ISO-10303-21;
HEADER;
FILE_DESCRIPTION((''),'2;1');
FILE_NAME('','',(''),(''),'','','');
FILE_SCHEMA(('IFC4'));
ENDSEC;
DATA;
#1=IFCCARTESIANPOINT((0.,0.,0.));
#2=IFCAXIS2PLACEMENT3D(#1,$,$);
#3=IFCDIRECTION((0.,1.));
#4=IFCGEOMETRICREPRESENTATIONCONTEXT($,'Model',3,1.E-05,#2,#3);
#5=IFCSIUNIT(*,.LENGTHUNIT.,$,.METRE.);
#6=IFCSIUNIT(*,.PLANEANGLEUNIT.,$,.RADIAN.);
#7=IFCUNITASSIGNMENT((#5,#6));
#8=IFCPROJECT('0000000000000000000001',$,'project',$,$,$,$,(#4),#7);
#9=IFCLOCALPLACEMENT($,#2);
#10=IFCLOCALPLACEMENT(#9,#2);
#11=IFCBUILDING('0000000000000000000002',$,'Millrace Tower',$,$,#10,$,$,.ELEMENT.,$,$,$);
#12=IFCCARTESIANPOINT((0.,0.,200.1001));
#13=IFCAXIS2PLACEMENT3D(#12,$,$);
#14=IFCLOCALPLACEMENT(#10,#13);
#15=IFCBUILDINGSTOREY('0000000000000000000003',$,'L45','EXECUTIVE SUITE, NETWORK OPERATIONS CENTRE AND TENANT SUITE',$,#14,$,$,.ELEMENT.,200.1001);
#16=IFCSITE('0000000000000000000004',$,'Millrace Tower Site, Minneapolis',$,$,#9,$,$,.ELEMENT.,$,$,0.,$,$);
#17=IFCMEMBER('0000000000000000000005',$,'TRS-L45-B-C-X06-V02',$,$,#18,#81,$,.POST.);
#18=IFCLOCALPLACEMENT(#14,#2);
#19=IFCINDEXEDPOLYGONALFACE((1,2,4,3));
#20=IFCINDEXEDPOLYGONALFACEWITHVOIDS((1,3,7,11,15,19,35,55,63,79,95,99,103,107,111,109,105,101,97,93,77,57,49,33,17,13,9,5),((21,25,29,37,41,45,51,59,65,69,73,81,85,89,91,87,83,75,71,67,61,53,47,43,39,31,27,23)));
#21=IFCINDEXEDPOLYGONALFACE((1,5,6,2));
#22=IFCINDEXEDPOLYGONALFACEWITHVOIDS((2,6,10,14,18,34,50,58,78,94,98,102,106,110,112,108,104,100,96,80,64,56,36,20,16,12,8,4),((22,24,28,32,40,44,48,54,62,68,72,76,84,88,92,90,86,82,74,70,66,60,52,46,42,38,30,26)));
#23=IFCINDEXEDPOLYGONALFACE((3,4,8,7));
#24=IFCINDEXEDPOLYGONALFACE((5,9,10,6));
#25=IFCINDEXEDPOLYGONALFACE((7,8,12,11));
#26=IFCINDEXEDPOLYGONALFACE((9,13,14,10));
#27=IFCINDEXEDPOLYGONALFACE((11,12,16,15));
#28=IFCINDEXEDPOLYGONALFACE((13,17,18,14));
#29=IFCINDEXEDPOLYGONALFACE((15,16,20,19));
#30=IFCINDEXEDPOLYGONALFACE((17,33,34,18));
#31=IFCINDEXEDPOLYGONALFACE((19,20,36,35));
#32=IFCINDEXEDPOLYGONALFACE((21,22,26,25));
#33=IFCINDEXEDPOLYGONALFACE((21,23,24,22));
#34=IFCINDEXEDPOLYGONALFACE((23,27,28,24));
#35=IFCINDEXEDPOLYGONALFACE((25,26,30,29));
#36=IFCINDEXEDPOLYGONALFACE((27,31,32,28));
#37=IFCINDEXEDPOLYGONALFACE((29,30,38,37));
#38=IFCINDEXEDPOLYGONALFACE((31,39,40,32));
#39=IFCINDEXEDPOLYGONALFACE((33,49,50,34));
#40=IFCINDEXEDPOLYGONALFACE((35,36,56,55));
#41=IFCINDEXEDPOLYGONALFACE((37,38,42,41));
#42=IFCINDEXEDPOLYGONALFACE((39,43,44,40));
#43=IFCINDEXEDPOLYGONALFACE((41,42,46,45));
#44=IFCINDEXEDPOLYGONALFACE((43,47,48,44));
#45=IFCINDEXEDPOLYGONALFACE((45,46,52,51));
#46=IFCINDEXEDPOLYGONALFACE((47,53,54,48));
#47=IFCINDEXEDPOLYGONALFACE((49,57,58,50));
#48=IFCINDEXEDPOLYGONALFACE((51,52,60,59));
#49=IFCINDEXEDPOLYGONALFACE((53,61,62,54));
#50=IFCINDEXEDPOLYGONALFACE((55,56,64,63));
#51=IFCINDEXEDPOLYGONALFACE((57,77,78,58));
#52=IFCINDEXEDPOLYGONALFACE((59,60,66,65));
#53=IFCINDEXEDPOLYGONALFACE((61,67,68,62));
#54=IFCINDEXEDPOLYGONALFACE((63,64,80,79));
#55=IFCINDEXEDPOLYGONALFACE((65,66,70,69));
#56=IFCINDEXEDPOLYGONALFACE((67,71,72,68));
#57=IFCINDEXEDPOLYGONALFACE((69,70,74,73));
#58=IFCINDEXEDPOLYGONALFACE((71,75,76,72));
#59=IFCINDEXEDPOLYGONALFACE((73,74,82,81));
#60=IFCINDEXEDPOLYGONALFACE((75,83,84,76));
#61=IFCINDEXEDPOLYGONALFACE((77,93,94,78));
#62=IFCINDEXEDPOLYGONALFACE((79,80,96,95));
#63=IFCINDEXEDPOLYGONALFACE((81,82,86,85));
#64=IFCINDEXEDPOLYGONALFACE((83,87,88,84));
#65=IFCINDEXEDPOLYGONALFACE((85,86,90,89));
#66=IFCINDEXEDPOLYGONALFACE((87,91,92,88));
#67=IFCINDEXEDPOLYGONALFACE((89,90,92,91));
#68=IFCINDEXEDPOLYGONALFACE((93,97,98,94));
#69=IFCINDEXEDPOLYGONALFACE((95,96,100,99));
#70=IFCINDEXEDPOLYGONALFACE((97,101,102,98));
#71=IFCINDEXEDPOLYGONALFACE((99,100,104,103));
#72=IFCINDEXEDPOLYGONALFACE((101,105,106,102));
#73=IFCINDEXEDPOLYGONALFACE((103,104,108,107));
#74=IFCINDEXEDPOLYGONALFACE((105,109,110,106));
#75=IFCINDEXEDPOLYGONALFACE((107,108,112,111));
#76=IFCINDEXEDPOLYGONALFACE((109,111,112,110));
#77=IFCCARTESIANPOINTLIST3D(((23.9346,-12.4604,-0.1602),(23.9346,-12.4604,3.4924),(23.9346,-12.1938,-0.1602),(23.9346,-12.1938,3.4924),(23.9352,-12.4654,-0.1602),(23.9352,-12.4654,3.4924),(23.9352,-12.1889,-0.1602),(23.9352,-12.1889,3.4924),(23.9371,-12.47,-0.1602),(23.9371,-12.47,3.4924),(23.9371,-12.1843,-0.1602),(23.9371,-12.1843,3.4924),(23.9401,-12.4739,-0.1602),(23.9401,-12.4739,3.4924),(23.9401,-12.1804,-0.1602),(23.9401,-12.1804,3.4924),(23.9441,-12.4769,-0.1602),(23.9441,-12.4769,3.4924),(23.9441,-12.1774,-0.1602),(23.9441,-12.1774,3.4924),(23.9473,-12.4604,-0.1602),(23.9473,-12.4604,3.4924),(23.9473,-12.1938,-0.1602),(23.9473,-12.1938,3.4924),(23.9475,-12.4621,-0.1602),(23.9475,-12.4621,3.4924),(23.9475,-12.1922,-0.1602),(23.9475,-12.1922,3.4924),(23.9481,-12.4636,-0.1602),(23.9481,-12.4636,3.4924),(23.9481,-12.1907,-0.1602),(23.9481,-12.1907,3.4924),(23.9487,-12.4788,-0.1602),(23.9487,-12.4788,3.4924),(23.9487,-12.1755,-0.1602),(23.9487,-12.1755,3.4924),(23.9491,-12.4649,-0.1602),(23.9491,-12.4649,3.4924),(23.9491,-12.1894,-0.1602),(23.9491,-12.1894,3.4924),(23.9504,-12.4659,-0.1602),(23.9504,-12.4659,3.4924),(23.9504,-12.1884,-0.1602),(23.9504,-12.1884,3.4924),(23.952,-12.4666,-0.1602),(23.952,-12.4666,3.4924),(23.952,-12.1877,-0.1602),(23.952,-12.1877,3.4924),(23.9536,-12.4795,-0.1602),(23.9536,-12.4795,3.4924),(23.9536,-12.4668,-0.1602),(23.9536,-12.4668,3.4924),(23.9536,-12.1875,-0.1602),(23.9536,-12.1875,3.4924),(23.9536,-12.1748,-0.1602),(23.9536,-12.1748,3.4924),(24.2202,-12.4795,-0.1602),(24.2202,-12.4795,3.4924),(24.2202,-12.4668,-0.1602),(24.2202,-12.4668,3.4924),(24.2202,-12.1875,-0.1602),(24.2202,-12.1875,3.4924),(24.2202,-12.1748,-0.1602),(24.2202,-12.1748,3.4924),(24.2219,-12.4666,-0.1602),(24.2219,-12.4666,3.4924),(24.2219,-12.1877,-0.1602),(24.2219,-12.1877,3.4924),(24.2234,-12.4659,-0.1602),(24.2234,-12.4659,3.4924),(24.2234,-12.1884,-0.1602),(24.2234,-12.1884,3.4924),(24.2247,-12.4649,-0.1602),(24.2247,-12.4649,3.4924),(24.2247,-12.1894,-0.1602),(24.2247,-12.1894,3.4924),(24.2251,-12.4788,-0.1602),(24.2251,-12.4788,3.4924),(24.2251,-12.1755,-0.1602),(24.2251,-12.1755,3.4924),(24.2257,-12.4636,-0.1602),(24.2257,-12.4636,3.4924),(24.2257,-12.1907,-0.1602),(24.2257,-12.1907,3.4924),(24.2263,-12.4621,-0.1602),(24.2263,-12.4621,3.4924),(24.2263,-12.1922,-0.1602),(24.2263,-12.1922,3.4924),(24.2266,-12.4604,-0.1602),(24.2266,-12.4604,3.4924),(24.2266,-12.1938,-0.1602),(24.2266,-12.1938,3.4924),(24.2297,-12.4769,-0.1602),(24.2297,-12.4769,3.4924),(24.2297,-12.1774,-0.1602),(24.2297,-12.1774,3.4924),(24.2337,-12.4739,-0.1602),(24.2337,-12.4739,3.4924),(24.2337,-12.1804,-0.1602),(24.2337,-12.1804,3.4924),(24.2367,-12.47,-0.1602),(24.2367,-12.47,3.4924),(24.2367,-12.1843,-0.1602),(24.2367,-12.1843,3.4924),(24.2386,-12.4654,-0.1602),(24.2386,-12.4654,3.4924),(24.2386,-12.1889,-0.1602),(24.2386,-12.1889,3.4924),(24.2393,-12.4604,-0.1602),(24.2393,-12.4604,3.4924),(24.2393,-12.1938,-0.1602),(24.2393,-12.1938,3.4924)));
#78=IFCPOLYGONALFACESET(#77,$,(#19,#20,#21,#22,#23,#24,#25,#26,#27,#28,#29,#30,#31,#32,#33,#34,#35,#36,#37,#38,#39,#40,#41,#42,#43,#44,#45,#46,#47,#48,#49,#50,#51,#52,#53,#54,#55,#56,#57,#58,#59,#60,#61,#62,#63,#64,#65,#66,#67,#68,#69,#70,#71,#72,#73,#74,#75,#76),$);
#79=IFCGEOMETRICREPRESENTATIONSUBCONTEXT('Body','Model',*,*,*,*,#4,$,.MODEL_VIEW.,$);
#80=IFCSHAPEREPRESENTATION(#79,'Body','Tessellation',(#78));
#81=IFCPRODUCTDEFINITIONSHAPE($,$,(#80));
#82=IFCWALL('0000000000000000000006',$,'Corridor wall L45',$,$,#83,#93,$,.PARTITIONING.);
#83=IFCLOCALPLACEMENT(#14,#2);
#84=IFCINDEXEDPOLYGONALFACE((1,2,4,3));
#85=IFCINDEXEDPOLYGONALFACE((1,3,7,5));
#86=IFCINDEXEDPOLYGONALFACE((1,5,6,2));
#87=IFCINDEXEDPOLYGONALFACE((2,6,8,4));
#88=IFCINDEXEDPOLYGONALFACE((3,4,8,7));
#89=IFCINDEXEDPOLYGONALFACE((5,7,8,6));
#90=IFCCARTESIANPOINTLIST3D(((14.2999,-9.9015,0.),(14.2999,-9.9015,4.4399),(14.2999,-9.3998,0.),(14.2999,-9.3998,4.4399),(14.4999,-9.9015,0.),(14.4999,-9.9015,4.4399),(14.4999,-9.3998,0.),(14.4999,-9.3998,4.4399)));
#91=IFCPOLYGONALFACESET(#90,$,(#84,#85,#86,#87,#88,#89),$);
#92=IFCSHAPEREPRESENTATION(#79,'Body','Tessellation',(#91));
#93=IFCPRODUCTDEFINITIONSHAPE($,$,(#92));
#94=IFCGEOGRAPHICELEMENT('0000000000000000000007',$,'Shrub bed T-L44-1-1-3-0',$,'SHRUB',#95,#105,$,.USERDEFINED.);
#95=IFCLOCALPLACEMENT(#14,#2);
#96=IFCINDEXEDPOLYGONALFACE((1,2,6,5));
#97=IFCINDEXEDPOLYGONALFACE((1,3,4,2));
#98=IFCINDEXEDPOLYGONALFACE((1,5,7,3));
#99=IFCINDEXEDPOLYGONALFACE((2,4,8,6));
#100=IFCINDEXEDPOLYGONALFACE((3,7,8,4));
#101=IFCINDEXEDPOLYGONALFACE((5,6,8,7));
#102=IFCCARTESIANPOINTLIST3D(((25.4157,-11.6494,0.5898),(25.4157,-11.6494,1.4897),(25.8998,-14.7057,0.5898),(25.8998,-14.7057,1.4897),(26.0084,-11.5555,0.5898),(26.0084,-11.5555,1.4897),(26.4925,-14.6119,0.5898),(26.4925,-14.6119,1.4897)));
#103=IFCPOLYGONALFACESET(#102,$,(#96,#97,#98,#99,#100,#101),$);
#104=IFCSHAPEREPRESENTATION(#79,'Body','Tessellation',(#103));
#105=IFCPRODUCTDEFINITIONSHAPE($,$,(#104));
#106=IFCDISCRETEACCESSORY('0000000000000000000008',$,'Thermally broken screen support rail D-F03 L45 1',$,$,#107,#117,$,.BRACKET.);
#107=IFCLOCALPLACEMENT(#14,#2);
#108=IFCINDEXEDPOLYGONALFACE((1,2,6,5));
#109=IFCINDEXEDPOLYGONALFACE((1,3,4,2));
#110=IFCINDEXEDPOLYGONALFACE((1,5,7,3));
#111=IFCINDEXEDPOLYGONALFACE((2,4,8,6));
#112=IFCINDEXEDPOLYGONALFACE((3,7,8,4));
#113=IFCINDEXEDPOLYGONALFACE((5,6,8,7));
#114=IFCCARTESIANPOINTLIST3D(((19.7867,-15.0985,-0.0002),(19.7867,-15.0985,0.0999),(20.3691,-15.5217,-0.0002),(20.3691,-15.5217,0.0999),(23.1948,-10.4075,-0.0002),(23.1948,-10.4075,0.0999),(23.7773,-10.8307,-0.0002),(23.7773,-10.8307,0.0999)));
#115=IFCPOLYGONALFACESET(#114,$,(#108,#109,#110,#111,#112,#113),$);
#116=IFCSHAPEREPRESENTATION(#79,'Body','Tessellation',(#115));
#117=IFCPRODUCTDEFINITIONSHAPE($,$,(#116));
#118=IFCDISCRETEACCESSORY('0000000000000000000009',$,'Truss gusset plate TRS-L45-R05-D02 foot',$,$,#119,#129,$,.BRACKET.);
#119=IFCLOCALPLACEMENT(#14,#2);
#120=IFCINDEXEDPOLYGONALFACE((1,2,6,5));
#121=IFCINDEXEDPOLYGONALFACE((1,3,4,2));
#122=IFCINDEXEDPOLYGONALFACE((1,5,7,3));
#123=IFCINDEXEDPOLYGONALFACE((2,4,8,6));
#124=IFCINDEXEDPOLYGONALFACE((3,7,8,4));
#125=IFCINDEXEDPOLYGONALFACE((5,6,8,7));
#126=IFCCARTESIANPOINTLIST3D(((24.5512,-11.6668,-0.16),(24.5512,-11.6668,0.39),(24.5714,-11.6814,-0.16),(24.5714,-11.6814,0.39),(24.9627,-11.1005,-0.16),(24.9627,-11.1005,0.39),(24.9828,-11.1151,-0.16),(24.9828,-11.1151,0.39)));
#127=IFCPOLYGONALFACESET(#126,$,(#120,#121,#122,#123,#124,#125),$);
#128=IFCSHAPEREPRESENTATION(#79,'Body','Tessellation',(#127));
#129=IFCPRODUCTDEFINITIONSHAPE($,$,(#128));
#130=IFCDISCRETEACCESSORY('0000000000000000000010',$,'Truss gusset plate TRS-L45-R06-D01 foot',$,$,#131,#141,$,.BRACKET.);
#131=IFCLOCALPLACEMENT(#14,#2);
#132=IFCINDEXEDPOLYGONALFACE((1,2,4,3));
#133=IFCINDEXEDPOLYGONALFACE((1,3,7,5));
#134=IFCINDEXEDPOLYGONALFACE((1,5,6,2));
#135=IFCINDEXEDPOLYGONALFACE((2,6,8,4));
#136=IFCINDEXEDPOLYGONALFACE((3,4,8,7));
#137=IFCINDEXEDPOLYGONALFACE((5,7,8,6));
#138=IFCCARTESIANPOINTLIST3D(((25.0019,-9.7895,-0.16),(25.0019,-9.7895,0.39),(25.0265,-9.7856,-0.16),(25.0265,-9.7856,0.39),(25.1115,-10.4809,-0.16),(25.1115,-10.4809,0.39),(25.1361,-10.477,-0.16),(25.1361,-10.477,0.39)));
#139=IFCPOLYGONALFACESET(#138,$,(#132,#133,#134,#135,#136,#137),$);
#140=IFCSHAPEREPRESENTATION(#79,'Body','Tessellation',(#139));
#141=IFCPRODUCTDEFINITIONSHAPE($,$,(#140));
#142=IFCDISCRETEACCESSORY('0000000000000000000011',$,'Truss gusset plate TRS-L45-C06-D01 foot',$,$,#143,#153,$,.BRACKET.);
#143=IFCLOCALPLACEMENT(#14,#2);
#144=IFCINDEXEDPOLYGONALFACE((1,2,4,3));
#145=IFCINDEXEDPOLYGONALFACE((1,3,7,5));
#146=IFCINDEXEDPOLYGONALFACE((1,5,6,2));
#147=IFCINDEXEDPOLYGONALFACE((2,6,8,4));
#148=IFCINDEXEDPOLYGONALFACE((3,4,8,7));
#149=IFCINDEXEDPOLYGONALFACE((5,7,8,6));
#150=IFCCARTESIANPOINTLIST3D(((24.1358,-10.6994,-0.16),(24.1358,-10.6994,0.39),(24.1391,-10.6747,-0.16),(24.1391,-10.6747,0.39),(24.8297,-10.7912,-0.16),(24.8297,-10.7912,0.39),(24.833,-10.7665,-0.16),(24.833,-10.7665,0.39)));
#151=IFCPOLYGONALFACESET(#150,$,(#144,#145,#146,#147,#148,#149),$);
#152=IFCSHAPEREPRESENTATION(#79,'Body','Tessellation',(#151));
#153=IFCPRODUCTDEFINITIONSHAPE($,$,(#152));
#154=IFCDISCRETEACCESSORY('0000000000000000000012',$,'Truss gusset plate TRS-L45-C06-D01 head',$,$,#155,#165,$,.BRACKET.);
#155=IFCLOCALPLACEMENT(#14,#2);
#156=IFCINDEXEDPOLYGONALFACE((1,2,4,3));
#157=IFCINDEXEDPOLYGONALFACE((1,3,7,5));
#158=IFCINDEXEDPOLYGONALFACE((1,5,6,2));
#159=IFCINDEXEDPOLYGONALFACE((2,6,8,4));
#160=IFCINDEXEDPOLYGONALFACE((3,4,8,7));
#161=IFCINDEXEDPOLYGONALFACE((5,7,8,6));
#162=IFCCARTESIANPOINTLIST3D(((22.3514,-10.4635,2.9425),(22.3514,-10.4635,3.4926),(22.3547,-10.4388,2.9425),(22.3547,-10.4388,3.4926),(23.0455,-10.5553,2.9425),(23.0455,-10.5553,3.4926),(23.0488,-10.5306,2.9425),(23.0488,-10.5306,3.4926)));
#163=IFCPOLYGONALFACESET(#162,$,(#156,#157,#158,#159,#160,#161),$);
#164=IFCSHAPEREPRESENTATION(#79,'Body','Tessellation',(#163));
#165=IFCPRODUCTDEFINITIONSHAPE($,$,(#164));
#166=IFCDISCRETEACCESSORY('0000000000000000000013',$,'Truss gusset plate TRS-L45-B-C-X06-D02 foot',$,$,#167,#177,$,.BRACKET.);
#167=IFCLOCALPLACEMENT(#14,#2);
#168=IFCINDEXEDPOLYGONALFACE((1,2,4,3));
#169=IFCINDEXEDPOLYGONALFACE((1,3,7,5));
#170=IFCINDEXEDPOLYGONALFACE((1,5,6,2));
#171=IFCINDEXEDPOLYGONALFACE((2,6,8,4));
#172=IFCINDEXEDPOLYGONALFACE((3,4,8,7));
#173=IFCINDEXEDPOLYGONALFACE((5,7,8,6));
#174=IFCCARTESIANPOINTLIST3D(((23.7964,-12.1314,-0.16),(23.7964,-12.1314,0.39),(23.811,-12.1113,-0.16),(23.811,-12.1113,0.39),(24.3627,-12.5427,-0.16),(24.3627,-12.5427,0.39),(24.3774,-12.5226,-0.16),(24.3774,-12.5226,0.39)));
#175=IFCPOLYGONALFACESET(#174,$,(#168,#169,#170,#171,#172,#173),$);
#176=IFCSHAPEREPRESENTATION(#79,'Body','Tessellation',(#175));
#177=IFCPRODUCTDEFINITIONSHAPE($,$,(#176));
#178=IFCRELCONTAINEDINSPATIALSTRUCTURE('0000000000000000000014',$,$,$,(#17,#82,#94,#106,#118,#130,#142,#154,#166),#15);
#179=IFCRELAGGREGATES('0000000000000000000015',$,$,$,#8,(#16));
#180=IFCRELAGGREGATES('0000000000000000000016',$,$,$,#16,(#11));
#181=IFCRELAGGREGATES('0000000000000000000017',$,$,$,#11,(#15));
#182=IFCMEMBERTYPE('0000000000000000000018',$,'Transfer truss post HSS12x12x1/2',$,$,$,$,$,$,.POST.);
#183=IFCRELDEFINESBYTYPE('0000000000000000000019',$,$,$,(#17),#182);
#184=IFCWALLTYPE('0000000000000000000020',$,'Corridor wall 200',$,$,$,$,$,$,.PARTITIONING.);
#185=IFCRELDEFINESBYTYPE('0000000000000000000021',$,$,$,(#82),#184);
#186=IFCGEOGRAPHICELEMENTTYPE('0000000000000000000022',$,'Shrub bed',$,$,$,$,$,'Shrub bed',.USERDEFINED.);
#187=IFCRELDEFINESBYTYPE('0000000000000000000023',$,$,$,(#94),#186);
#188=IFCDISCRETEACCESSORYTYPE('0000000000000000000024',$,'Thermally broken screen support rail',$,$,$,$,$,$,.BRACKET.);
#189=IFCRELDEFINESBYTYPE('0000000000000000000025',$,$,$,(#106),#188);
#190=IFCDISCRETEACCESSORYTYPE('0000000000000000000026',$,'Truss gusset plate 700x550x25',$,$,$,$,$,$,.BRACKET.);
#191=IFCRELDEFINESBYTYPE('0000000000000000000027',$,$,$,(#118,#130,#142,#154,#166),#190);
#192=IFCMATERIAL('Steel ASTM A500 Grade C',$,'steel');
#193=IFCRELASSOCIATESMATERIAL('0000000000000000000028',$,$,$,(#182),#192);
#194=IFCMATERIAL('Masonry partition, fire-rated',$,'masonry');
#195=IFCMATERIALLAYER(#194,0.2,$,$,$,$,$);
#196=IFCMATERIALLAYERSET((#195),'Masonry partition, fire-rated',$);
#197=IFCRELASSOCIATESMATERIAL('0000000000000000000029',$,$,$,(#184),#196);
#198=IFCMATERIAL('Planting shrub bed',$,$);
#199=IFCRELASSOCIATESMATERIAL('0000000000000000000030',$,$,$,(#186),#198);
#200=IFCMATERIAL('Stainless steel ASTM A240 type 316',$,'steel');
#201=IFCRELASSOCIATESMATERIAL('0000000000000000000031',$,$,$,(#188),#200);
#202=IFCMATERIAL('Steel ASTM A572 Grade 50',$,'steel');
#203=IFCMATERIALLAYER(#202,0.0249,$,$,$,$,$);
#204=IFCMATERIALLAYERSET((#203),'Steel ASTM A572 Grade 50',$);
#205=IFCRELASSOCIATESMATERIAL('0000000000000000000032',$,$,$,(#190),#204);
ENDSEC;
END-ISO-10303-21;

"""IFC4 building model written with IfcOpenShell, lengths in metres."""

from ifc_helpers import new_model, si_unit, direction, frame, frame_2d, origin, origin_2d, place, context, subcontext, project, spatial, rectangle, hollow_rectangle, extrude, material, layer, layer_set, material_profile, profile_set, type_object, element, save


model = new_model("IFC4")

# Units and contexts
model_context = context("Model", 3, precision=1e-05, world=origin(), true_north=direction((0.0, 1.0)))
body_context = subcontext(model_context, "Body", "Model", "MODEL_VIEW")
ifc_project = project(units=[si_unit("LENGTHUNIT", "METRE"), si_unit("PLANEANGLEUNIT", "RADIAN")], contexts=[model_context])

# Site, building, storey
site_placement = place(None, origin())
site = spatial("IfcSite", under=ifc_project, at=site_placement, Name="Millrace Tower Site, Minneapolis", CompositionType="ELEMENT", RefElevation=0.0)
building_placement = place(site_placement, origin())
building = spatial("IfcBuilding", under=site, at=building_placement, Name="Millrace Tower", CompositionType="ELEMENT")
storey_placement = place(building_placement, frame((0.0, 0.0, 200.1001)))
storey = spatial("IfcBuildingStorey", under=building, at=storey_placement, Name="L45", Description="EXECUTIVE SUITE, NETWORK OPERATIONS CENTRE AND TENANT SUITE", CompositionType="ELEMENT", Elevation=200.1001)

# Member
ifc_material_1 = material(Name="Steel ASTM A500 Grade C", Category="steel")
ifc_material_profile_1 = material_profile(ifc_material_1, hollow_rectangle(XDim=0.3047, YDim=0.3047, WallThickness=0.0127, InnerFilletRadius=0.0063, OuterFilletRadius=0.019, at=origin_2d()))
ifc_profile_set_1 = profile_set([ifc_material_profile_1], Name="Steel ASTM A500 Grade C")
member_type_1 = type_object("IfcMemberType", Name="Transfer truss post HSS12x12x1/2", PredefinedType="POST", material=ifc_profile_set_1)
member_1_placement = place(storey_placement, frame((24.0869, -12.3271, -0.1602), z_axis=(0.0, 0.0, 1.0), x_axis=(1.0, 0.0, 0.0)))
element("IfcMember", 1, at=member_1_placement, inside=storey, type_object=member_type_1, Name="TRS-L45-B-C-X06-V02", PredefinedType="POST", context=body_context, shape_type="SweptSolid", body=[
    extrude(hollow_rectangle(XDim=0.3047, YDim=0.3047, WallThickness=0.0127, InnerFilletRadius=0.0063, OuterFilletRadius=0.019, at=origin_2d()), origin(), (0.0, 0.0, 1.0), 3.6526),
])

# Wall
ifc_material_2 = material(Name="Masonry partition, fire-rated", Category="masonry")
ifc_layer_1 = layer(ifc_material_2, 0.2)
ifc_layer_set_1 = layer_set([ifc_layer_1], Name="Masonry partition, fire-rated")
wall_type = type_object("IfcWallType", Name="Corridor wall 200", PredefinedType="PARTITIONING", material=ifc_layer_set_1)
wall_placement = place(storey_placement, frame((14.3999, -9.9016, 0.0), z_axis=(0.0, 0.0, 1.0), x_axis=(0.0, 1.0, 0.0)))
element("IfcWall", 2, at=wall_placement, inside=storey, type_object=wall_type, Name="Corridor wall L45", PredefinedType="PARTITIONING", context=body_context, shape_type="SweptSolid", body=[
    extrude(rectangle(XDim=0.5017, YDim=0.2, at=frame_2d((0.251, 0.0))), origin(), (0.0, 0.0, 1.0), 4.4399),
])

# Geographic element
ifc_material_3 = material(Name="Planting shrub bed")
geographic_element_type = type_object("IfcGeographicElementType", Name="Shrub bed", ElementType="Shrub bed", PredefinedType="USERDEFINED", material=ifc_material_3)
geographic_element_placement = place(storey_placement, frame((25.9541, -13.1306, 0.5898), z_axis=(0.0, 0.0, 1.0), x_axis=(-0.156435, 0.987688, 0.0)))
element("IfcGeographicElement", 3, at=geographic_element_placement, inside=storey, type_object=geographic_element_type, Name="Shrub bed T-L44-1-1-3-0", ObjectType="SHRUB", PredefinedType="USERDEFINED", context=body_context, shape_type="SweptSolid", body=[
    extrude(rectangle(XDim=3.0945, YDim=0.6001, at=origin_2d()), origin(), (0.0, 0.0, 1.0), 0.8999),
])

# Discrete accessories
ifc_material_4 = material(Name="Stainless steel ASTM A240 type 316", Category="steel")
discrete_accessory_type_1 = type_object("IfcDiscreteAccessoryType", Name="Thermally broken screen support rail", PredefinedType="BRACKET", material=ifc_material_4)
discrete_accessory_1_placement = place(storey_placement, frame((21.782, -12.9646, -0.0002), z_axis=(0.0, 0.0, 1.0), x_axis=(0.587785, 0.809017, 0.0)))
element("IfcDiscreteAccessory", 4, at=discrete_accessory_1_placement, inside=storey, type_object=discrete_accessory_type_1, Name="Thermally broken screen support rail D-F03 L45 1", PredefinedType="BRACKET", context=body_context, shape_type="SweptSolid", body=[
    extrude(rectangle(XDim=5.7983, YDim=0.72, at=origin_2d()), origin(), (0.0, 0.0, 1.0), 0.1001),
])
ifc_material_5 = material(Name="Steel ASTM A572 Grade 50", Category="steel")
ifc_layer_2 = layer(ifc_material_5, 0.0249)
ifc_layer_set_2 = layer_set([ifc_layer_2], Name="Steel ASTM A572 Grade 50")
discrete_accessory_type_2 = type_object("IfcDiscreteAccessoryType", Name="Truss gusset plate 700x550x25", PredefinedType="BRACKET", material=ifc_layer_set_2)
for number, where, z_axis, x_axis, name in (
    (5, (24.5613, -11.6741, 0.115), (0.587819, 0.808992, 0.0), (-0.808992, 0.587819, 0.0), "Truss gusset plate TRS-L45-R05-D02 foot"),
    (6, (25.0142, -9.7876, 0.115), (0.156589, -0.987664, 0.0), (0.987664, 0.156589, 0.0), "Truss gusset plate TRS-L45-R06-D01 foot"),
    (7, (24.1375, -10.687, 0.115), (0.991361, -0.131158, 0.0), (0.131158, 0.991361, 0.0), "Truss gusset plate TRS-L45-C06-D01 foot"),
):
    element("IfcDiscreteAccessory", number, at=place(storey_placement, frame(where, z_axis=z_axis, x_axis=x_axis)), inside=storey, type_object=discrete_accessory_type_2, Name=name, PredefinedType="BRACKET", context=body_context, shape_type="SweptSolid", body=[
        extrude(rectangle(XDim=0.0249, YDim=0.55, at=origin_2d()), origin(), (0.0, 0.0, 1.0), 0.7),
    ])
discrete_accessory_2_placement = place(storey_placement, frame((22.353, -10.4512, 3.2175), z_axis=(0.991367, -0.131113, 0.0), x_axis=(0.131113, 0.991367, 0.0)))
element("IfcDiscreteAccessory", 8, at=discrete_accessory_2_placement, inside=storey, type_object=discrete_accessory_type_2, Name="Truss gusset plate TRS-L45-C06-D01 head", PredefinedType="BRACKET", context=body_context, shape_type="SweptSolid", body=[
    extrude(rectangle(XDim=0.0249, YDim=0.55, at=origin_2d()), origin(), (0.0, 0.0, 1.0), 0.7002),
])
discrete_accessory_3_placement = place(storey_placement, frame((23.8037, -12.1213, 0.115), z_axis=(0.809113, -0.587653, 0.0), x_axis=(0.587653, 0.809113, 0.0)))
element("IfcDiscreteAccessory", 9, at=discrete_accessory_3_placement, inside=storey, type_object=discrete_accessory_type_2, Name="Truss gusset plate TRS-L45-B-C-X06-D02 foot", PredefinedType="BRACKET", context=body_context, shape_type="SweptSolid", body=[
    extrude(rectangle(XDim=0.0249, YDim=0.55, at=origin_2d()), origin(), (0.0, 0.0, 1.0), 0.7),
])

save(model, "model.ifc")
